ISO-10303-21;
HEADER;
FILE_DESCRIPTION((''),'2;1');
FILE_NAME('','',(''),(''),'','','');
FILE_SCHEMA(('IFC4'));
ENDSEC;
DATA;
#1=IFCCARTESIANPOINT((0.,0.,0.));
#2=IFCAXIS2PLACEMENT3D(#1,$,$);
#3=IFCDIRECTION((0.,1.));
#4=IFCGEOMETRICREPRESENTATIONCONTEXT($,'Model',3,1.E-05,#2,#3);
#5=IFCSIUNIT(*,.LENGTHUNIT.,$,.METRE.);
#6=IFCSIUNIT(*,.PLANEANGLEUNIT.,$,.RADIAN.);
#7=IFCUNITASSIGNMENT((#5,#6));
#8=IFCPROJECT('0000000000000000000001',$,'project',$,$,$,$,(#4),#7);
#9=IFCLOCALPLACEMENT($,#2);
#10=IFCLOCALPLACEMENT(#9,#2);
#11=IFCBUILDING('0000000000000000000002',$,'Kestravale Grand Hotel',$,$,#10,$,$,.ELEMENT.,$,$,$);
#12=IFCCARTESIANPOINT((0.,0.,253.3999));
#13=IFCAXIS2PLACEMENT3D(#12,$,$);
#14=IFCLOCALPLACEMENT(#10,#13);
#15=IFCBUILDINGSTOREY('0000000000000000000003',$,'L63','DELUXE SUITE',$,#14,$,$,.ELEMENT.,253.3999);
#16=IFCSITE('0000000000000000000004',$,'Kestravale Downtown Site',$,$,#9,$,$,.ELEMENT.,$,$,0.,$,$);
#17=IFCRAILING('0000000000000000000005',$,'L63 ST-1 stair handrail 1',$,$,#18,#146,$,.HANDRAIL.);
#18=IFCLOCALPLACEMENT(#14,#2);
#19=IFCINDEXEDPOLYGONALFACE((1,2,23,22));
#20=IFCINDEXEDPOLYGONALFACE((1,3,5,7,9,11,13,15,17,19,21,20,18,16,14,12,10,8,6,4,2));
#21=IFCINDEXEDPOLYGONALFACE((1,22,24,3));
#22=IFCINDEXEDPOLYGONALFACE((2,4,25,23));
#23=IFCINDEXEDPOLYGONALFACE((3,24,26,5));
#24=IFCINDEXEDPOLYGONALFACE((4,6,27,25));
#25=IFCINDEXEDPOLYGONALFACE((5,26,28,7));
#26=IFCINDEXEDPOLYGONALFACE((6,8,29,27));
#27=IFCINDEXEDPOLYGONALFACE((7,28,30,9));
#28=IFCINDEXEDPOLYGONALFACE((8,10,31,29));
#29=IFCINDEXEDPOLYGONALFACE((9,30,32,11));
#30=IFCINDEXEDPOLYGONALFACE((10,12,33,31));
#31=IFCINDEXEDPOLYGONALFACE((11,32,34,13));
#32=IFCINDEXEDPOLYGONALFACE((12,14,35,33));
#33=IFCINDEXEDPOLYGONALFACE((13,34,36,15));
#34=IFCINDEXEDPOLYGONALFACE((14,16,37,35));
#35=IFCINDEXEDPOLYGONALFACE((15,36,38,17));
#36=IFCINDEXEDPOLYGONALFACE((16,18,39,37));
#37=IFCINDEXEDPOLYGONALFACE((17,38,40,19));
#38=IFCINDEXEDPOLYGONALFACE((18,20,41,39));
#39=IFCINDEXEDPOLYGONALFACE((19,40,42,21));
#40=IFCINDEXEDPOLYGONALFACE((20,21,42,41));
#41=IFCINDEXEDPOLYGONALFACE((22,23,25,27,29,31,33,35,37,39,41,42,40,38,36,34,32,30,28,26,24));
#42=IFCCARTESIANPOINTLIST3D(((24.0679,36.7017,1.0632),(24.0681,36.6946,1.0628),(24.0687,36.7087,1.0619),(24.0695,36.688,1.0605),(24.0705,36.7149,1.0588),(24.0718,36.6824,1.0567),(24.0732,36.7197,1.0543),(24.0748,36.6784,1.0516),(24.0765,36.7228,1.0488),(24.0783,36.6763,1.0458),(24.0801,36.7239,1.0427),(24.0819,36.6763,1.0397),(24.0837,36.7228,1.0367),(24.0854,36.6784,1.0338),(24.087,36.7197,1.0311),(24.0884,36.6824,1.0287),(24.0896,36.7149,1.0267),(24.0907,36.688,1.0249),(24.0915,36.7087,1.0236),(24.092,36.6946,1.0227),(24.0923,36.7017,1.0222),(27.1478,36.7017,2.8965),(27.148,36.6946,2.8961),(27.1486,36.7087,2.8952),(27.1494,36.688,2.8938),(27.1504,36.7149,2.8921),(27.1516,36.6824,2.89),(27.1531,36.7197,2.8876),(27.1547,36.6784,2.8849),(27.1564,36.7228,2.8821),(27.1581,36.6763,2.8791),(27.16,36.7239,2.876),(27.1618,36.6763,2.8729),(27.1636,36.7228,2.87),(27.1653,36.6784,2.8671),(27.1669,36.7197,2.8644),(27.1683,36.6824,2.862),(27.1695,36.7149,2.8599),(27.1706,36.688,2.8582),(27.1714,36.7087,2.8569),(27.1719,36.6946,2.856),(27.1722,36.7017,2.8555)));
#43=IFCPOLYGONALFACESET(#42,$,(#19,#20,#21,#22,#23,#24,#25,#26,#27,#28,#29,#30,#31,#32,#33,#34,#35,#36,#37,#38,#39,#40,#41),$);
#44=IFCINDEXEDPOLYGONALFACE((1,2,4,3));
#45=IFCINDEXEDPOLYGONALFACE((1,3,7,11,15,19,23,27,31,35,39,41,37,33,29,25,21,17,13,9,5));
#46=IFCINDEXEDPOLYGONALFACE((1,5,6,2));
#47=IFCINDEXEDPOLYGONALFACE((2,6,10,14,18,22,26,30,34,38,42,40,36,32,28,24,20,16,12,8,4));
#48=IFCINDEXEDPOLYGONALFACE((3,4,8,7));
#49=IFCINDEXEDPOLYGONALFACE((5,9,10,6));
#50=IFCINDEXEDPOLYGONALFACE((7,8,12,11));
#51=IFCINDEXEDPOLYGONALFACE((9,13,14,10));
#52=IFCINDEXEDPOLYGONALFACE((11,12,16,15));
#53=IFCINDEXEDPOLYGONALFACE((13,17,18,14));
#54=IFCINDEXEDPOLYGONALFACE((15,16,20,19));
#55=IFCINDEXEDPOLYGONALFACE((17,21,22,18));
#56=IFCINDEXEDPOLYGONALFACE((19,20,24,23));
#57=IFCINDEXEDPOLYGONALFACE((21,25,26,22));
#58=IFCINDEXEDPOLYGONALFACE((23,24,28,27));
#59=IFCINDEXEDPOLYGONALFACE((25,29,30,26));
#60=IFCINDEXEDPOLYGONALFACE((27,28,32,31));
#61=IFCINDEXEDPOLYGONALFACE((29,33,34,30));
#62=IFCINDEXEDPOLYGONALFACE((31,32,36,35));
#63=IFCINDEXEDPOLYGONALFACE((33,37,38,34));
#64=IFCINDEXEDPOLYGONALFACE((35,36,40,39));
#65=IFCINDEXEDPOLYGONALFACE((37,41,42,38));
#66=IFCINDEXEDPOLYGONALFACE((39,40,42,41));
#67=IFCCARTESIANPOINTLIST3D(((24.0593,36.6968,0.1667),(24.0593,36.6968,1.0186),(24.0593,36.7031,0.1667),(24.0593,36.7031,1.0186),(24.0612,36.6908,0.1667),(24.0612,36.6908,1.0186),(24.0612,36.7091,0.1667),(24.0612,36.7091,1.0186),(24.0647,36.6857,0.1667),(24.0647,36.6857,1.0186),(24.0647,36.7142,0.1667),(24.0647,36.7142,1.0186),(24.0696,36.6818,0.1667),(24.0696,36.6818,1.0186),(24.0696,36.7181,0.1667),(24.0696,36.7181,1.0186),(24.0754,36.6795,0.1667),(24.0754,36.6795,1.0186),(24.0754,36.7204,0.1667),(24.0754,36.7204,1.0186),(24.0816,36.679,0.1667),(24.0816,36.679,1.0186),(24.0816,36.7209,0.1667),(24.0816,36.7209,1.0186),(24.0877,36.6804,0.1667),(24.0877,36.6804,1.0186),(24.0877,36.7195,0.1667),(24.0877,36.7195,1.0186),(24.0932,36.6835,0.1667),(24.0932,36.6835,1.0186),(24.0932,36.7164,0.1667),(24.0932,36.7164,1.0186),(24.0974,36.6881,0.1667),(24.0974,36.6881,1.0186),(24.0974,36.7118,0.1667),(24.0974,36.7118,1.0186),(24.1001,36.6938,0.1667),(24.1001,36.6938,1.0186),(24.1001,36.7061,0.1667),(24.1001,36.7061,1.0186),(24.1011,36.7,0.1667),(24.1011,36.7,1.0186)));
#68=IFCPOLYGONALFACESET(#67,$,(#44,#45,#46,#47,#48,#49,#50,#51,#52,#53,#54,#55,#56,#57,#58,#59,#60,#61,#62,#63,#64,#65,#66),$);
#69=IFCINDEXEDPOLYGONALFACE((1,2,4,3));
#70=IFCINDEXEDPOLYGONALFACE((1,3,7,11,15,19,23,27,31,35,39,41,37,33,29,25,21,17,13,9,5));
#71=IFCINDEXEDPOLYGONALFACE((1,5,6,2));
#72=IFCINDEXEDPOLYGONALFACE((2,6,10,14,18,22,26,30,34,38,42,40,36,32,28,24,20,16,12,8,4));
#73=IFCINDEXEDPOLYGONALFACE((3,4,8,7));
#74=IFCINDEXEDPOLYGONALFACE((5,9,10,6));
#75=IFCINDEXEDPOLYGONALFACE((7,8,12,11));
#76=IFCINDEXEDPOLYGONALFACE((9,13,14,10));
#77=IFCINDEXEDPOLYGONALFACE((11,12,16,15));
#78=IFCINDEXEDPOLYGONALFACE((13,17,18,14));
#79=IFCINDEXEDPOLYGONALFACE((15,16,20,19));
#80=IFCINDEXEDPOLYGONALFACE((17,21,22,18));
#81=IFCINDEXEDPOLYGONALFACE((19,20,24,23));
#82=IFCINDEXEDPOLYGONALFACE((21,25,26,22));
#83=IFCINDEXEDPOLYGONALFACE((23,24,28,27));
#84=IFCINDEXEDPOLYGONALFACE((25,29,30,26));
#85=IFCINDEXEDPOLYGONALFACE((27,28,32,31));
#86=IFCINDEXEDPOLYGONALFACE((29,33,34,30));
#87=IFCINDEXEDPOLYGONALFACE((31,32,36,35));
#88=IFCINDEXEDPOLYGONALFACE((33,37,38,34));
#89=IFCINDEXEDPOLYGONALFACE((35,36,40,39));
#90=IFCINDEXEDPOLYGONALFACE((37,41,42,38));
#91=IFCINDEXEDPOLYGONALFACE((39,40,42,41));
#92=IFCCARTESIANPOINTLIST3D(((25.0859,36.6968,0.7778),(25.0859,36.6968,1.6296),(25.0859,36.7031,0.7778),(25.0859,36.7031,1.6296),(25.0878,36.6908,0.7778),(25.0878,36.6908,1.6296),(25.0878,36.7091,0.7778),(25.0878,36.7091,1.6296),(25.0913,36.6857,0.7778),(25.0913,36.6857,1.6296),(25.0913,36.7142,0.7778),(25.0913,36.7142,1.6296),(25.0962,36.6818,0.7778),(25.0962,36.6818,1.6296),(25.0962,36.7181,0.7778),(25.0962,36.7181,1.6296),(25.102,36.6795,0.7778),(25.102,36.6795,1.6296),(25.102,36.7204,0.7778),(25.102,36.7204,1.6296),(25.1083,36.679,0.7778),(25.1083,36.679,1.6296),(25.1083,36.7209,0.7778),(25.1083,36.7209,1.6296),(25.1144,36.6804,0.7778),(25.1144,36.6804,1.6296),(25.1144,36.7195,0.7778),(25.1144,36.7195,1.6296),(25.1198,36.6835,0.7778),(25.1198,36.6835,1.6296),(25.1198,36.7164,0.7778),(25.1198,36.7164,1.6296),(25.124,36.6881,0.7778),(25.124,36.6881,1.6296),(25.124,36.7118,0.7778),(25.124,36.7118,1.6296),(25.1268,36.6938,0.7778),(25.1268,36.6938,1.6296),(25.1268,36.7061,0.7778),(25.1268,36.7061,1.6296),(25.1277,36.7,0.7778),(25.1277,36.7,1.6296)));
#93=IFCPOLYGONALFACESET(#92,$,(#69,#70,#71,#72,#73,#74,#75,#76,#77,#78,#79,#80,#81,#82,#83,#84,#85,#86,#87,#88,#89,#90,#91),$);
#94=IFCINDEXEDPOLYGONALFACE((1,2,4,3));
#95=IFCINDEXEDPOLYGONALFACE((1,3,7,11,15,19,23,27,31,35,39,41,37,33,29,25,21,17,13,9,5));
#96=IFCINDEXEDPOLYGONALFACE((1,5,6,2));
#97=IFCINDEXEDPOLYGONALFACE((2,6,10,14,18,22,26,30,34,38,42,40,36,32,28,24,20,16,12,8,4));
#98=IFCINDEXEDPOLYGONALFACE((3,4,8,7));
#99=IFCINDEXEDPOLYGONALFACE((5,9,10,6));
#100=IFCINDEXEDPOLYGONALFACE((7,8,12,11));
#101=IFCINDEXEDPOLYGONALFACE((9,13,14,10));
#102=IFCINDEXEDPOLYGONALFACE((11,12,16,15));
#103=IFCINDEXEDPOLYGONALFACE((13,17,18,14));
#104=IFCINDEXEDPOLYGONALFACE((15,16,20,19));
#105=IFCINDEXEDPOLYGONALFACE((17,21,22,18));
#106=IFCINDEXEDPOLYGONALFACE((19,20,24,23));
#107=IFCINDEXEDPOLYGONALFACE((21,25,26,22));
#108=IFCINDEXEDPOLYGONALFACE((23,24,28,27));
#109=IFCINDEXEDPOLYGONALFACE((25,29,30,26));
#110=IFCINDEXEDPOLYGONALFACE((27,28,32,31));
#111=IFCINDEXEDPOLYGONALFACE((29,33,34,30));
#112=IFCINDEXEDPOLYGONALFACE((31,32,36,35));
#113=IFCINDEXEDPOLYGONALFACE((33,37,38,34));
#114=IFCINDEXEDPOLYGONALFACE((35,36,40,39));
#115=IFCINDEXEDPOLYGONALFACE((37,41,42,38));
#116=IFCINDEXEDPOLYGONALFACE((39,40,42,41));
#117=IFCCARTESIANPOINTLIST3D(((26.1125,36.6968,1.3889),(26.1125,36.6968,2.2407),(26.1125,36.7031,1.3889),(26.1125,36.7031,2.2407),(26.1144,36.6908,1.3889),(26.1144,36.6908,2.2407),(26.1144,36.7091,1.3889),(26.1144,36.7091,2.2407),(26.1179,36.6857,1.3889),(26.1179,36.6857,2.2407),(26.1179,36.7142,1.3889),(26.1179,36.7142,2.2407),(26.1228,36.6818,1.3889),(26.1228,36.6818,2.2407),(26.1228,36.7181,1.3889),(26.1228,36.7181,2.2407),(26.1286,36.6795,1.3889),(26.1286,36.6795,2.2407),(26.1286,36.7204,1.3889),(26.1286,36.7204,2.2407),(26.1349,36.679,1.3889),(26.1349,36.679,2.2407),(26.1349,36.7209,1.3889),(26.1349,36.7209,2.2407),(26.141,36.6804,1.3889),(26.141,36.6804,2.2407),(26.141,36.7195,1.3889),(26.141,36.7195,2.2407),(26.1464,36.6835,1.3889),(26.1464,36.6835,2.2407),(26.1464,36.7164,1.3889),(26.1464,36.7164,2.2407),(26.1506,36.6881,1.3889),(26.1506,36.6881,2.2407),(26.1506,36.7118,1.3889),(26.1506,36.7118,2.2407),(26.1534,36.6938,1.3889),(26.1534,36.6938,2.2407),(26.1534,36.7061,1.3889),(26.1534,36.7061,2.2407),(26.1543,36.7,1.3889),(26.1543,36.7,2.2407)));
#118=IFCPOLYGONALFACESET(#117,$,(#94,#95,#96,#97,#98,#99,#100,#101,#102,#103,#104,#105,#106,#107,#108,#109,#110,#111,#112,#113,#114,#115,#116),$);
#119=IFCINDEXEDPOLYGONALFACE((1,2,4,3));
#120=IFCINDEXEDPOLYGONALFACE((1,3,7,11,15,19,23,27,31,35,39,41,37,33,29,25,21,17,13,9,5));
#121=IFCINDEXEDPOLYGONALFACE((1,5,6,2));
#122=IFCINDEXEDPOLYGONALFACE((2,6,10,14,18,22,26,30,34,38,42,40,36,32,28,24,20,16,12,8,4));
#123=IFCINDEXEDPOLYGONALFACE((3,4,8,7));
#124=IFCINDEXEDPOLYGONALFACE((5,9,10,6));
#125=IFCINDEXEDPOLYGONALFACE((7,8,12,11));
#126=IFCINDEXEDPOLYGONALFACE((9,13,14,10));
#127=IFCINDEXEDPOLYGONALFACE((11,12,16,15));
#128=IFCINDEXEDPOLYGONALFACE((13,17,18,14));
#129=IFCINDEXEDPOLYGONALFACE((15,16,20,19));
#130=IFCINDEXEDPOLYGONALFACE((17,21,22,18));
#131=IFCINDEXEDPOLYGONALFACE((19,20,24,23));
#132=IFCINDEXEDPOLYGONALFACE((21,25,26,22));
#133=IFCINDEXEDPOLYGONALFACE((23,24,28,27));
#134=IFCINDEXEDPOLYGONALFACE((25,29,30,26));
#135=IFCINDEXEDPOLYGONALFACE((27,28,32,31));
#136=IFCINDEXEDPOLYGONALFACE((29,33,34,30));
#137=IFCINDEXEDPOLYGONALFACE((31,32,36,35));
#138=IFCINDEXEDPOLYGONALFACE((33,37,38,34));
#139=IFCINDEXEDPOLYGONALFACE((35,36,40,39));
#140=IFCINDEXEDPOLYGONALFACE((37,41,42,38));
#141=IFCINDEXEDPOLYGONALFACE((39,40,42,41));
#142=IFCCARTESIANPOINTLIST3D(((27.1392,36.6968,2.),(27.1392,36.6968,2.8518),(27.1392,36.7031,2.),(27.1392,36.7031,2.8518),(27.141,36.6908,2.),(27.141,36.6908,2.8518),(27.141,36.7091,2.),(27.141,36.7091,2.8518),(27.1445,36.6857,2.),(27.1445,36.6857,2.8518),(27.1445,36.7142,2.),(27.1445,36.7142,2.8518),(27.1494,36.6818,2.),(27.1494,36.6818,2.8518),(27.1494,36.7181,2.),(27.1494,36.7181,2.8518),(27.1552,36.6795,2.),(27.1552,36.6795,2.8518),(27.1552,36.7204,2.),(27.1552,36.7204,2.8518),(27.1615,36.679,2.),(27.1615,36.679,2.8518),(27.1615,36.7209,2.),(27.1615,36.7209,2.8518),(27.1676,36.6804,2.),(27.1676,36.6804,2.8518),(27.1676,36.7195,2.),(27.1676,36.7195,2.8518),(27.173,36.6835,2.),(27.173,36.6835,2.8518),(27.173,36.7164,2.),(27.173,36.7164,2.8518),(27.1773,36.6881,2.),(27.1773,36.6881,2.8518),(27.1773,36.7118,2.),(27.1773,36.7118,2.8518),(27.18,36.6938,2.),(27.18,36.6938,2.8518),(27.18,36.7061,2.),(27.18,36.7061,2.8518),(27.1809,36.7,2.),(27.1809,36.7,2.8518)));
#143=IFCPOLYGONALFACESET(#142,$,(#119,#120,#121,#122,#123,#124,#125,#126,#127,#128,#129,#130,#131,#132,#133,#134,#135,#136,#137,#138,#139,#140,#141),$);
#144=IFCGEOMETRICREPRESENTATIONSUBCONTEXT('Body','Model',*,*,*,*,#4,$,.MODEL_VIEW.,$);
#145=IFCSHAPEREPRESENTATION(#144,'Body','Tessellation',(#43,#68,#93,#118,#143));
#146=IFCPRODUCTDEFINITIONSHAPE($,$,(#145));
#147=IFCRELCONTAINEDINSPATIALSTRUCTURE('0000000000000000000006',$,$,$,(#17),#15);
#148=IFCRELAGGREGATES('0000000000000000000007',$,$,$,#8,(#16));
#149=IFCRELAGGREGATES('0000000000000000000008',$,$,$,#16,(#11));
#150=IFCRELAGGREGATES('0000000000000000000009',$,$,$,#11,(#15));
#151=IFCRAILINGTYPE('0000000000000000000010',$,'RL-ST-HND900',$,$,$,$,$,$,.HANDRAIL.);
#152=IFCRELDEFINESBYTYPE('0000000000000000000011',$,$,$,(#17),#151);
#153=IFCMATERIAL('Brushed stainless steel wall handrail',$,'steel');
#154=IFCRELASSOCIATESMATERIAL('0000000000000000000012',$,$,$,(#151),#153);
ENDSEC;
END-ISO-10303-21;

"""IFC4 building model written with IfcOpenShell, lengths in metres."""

from ifc_helpers import new_model, si_unit, direction, frame, origin, origin_2d, place, context, subcontext, project, spatial, circle, extrude, material, type_object, element, save


model = new_model("IFC4")

# Units and contexts
model_context = context("Model", 3, precision=1e-05, world=origin(), true_north=direction((0.0, 1.0)))
body_context = subcontext(model_context, "Body", "Model", "MODEL_VIEW")
ifc_project = project(units=[si_unit("LENGTHUNIT", "METRE"), si_unit("PLANEANGLEUNIT", "RADIAN")], contexts=[model_context])

# Site, building, storey
site_placement = place(None, origin())
site = spatial("IfcSite", under=ifc_project, at=site_placement, Name="Kestravale Downtown Site", CompositionType="ELEMENT", RefElevation=0.0)
building_placement = place(site_placement, origin())
building = spatial("IfcBuilding", under=site, at=building_placement, Name="Kestravale Grand Hotel", CompositionType="ELEMENT")
storey_placement = place(building_placement, frame((0.0, 0.0, 253.3999)))
storey = spatial("IfcBuildingStorey", under=building, at=storey_placement, Name="L63", Description="DELUXE SUITE", CompositionType="ELEMENT", Elevation=253.3999)

# Railing
ifc_material_1 = material(Name="Brushed stainless steel wall handrail", Category="steel")
railing_type_1 = type_object("IfcRailingType", Name="RL-ST-HND900", PredefinedType="HANDRAIL", material=ifc_material_1)
railing_1_placement = place(storey_placement, frame((24.0801, 36.7, 0.1667)))
element("IfcRailing", 1, at=railing_1_placement, inside=storey, type_object=railing_type_1, Name="L63 ST-1 stair handrail 1", PredefinedType="HANDRAIL", context=body_context, shape_type="SweptSolid", body=[
    extrude(circle(Radius=0.0239, at=origin_2d()), frame((0.0, 0.0, 0.876), z_axis=(0.859291, 0.0, 0.511487), x_axis=(0.0, 1.0, 0.0)), (0.0, 0.0, 1.0), 3.5842),
    extrude(circle(Radius=0.021, at=origin_2d()), origin(), (0.0, 0.0, 1.0), 0.8518),
    extrude(circle(Radius=0.021, at=origin_2d()), frame((1.0266, 0.0, 0.6111)), (0.0, 0.0, 1.0), 0.8518),
    extrude(circle(Radius=0.021, at=origin_2d()), frame((2.0532, 0.0, 1.2222)), (0.0, 0.0, 1.0), 0.8518),
    extrude(circle(Radius=0.021, at=origin_2d()), frame((3.0798, 0.0, 1.8333)), (0.0, 0.0, 1.0), 0.8518),
])

save(model, "model.ifc")
